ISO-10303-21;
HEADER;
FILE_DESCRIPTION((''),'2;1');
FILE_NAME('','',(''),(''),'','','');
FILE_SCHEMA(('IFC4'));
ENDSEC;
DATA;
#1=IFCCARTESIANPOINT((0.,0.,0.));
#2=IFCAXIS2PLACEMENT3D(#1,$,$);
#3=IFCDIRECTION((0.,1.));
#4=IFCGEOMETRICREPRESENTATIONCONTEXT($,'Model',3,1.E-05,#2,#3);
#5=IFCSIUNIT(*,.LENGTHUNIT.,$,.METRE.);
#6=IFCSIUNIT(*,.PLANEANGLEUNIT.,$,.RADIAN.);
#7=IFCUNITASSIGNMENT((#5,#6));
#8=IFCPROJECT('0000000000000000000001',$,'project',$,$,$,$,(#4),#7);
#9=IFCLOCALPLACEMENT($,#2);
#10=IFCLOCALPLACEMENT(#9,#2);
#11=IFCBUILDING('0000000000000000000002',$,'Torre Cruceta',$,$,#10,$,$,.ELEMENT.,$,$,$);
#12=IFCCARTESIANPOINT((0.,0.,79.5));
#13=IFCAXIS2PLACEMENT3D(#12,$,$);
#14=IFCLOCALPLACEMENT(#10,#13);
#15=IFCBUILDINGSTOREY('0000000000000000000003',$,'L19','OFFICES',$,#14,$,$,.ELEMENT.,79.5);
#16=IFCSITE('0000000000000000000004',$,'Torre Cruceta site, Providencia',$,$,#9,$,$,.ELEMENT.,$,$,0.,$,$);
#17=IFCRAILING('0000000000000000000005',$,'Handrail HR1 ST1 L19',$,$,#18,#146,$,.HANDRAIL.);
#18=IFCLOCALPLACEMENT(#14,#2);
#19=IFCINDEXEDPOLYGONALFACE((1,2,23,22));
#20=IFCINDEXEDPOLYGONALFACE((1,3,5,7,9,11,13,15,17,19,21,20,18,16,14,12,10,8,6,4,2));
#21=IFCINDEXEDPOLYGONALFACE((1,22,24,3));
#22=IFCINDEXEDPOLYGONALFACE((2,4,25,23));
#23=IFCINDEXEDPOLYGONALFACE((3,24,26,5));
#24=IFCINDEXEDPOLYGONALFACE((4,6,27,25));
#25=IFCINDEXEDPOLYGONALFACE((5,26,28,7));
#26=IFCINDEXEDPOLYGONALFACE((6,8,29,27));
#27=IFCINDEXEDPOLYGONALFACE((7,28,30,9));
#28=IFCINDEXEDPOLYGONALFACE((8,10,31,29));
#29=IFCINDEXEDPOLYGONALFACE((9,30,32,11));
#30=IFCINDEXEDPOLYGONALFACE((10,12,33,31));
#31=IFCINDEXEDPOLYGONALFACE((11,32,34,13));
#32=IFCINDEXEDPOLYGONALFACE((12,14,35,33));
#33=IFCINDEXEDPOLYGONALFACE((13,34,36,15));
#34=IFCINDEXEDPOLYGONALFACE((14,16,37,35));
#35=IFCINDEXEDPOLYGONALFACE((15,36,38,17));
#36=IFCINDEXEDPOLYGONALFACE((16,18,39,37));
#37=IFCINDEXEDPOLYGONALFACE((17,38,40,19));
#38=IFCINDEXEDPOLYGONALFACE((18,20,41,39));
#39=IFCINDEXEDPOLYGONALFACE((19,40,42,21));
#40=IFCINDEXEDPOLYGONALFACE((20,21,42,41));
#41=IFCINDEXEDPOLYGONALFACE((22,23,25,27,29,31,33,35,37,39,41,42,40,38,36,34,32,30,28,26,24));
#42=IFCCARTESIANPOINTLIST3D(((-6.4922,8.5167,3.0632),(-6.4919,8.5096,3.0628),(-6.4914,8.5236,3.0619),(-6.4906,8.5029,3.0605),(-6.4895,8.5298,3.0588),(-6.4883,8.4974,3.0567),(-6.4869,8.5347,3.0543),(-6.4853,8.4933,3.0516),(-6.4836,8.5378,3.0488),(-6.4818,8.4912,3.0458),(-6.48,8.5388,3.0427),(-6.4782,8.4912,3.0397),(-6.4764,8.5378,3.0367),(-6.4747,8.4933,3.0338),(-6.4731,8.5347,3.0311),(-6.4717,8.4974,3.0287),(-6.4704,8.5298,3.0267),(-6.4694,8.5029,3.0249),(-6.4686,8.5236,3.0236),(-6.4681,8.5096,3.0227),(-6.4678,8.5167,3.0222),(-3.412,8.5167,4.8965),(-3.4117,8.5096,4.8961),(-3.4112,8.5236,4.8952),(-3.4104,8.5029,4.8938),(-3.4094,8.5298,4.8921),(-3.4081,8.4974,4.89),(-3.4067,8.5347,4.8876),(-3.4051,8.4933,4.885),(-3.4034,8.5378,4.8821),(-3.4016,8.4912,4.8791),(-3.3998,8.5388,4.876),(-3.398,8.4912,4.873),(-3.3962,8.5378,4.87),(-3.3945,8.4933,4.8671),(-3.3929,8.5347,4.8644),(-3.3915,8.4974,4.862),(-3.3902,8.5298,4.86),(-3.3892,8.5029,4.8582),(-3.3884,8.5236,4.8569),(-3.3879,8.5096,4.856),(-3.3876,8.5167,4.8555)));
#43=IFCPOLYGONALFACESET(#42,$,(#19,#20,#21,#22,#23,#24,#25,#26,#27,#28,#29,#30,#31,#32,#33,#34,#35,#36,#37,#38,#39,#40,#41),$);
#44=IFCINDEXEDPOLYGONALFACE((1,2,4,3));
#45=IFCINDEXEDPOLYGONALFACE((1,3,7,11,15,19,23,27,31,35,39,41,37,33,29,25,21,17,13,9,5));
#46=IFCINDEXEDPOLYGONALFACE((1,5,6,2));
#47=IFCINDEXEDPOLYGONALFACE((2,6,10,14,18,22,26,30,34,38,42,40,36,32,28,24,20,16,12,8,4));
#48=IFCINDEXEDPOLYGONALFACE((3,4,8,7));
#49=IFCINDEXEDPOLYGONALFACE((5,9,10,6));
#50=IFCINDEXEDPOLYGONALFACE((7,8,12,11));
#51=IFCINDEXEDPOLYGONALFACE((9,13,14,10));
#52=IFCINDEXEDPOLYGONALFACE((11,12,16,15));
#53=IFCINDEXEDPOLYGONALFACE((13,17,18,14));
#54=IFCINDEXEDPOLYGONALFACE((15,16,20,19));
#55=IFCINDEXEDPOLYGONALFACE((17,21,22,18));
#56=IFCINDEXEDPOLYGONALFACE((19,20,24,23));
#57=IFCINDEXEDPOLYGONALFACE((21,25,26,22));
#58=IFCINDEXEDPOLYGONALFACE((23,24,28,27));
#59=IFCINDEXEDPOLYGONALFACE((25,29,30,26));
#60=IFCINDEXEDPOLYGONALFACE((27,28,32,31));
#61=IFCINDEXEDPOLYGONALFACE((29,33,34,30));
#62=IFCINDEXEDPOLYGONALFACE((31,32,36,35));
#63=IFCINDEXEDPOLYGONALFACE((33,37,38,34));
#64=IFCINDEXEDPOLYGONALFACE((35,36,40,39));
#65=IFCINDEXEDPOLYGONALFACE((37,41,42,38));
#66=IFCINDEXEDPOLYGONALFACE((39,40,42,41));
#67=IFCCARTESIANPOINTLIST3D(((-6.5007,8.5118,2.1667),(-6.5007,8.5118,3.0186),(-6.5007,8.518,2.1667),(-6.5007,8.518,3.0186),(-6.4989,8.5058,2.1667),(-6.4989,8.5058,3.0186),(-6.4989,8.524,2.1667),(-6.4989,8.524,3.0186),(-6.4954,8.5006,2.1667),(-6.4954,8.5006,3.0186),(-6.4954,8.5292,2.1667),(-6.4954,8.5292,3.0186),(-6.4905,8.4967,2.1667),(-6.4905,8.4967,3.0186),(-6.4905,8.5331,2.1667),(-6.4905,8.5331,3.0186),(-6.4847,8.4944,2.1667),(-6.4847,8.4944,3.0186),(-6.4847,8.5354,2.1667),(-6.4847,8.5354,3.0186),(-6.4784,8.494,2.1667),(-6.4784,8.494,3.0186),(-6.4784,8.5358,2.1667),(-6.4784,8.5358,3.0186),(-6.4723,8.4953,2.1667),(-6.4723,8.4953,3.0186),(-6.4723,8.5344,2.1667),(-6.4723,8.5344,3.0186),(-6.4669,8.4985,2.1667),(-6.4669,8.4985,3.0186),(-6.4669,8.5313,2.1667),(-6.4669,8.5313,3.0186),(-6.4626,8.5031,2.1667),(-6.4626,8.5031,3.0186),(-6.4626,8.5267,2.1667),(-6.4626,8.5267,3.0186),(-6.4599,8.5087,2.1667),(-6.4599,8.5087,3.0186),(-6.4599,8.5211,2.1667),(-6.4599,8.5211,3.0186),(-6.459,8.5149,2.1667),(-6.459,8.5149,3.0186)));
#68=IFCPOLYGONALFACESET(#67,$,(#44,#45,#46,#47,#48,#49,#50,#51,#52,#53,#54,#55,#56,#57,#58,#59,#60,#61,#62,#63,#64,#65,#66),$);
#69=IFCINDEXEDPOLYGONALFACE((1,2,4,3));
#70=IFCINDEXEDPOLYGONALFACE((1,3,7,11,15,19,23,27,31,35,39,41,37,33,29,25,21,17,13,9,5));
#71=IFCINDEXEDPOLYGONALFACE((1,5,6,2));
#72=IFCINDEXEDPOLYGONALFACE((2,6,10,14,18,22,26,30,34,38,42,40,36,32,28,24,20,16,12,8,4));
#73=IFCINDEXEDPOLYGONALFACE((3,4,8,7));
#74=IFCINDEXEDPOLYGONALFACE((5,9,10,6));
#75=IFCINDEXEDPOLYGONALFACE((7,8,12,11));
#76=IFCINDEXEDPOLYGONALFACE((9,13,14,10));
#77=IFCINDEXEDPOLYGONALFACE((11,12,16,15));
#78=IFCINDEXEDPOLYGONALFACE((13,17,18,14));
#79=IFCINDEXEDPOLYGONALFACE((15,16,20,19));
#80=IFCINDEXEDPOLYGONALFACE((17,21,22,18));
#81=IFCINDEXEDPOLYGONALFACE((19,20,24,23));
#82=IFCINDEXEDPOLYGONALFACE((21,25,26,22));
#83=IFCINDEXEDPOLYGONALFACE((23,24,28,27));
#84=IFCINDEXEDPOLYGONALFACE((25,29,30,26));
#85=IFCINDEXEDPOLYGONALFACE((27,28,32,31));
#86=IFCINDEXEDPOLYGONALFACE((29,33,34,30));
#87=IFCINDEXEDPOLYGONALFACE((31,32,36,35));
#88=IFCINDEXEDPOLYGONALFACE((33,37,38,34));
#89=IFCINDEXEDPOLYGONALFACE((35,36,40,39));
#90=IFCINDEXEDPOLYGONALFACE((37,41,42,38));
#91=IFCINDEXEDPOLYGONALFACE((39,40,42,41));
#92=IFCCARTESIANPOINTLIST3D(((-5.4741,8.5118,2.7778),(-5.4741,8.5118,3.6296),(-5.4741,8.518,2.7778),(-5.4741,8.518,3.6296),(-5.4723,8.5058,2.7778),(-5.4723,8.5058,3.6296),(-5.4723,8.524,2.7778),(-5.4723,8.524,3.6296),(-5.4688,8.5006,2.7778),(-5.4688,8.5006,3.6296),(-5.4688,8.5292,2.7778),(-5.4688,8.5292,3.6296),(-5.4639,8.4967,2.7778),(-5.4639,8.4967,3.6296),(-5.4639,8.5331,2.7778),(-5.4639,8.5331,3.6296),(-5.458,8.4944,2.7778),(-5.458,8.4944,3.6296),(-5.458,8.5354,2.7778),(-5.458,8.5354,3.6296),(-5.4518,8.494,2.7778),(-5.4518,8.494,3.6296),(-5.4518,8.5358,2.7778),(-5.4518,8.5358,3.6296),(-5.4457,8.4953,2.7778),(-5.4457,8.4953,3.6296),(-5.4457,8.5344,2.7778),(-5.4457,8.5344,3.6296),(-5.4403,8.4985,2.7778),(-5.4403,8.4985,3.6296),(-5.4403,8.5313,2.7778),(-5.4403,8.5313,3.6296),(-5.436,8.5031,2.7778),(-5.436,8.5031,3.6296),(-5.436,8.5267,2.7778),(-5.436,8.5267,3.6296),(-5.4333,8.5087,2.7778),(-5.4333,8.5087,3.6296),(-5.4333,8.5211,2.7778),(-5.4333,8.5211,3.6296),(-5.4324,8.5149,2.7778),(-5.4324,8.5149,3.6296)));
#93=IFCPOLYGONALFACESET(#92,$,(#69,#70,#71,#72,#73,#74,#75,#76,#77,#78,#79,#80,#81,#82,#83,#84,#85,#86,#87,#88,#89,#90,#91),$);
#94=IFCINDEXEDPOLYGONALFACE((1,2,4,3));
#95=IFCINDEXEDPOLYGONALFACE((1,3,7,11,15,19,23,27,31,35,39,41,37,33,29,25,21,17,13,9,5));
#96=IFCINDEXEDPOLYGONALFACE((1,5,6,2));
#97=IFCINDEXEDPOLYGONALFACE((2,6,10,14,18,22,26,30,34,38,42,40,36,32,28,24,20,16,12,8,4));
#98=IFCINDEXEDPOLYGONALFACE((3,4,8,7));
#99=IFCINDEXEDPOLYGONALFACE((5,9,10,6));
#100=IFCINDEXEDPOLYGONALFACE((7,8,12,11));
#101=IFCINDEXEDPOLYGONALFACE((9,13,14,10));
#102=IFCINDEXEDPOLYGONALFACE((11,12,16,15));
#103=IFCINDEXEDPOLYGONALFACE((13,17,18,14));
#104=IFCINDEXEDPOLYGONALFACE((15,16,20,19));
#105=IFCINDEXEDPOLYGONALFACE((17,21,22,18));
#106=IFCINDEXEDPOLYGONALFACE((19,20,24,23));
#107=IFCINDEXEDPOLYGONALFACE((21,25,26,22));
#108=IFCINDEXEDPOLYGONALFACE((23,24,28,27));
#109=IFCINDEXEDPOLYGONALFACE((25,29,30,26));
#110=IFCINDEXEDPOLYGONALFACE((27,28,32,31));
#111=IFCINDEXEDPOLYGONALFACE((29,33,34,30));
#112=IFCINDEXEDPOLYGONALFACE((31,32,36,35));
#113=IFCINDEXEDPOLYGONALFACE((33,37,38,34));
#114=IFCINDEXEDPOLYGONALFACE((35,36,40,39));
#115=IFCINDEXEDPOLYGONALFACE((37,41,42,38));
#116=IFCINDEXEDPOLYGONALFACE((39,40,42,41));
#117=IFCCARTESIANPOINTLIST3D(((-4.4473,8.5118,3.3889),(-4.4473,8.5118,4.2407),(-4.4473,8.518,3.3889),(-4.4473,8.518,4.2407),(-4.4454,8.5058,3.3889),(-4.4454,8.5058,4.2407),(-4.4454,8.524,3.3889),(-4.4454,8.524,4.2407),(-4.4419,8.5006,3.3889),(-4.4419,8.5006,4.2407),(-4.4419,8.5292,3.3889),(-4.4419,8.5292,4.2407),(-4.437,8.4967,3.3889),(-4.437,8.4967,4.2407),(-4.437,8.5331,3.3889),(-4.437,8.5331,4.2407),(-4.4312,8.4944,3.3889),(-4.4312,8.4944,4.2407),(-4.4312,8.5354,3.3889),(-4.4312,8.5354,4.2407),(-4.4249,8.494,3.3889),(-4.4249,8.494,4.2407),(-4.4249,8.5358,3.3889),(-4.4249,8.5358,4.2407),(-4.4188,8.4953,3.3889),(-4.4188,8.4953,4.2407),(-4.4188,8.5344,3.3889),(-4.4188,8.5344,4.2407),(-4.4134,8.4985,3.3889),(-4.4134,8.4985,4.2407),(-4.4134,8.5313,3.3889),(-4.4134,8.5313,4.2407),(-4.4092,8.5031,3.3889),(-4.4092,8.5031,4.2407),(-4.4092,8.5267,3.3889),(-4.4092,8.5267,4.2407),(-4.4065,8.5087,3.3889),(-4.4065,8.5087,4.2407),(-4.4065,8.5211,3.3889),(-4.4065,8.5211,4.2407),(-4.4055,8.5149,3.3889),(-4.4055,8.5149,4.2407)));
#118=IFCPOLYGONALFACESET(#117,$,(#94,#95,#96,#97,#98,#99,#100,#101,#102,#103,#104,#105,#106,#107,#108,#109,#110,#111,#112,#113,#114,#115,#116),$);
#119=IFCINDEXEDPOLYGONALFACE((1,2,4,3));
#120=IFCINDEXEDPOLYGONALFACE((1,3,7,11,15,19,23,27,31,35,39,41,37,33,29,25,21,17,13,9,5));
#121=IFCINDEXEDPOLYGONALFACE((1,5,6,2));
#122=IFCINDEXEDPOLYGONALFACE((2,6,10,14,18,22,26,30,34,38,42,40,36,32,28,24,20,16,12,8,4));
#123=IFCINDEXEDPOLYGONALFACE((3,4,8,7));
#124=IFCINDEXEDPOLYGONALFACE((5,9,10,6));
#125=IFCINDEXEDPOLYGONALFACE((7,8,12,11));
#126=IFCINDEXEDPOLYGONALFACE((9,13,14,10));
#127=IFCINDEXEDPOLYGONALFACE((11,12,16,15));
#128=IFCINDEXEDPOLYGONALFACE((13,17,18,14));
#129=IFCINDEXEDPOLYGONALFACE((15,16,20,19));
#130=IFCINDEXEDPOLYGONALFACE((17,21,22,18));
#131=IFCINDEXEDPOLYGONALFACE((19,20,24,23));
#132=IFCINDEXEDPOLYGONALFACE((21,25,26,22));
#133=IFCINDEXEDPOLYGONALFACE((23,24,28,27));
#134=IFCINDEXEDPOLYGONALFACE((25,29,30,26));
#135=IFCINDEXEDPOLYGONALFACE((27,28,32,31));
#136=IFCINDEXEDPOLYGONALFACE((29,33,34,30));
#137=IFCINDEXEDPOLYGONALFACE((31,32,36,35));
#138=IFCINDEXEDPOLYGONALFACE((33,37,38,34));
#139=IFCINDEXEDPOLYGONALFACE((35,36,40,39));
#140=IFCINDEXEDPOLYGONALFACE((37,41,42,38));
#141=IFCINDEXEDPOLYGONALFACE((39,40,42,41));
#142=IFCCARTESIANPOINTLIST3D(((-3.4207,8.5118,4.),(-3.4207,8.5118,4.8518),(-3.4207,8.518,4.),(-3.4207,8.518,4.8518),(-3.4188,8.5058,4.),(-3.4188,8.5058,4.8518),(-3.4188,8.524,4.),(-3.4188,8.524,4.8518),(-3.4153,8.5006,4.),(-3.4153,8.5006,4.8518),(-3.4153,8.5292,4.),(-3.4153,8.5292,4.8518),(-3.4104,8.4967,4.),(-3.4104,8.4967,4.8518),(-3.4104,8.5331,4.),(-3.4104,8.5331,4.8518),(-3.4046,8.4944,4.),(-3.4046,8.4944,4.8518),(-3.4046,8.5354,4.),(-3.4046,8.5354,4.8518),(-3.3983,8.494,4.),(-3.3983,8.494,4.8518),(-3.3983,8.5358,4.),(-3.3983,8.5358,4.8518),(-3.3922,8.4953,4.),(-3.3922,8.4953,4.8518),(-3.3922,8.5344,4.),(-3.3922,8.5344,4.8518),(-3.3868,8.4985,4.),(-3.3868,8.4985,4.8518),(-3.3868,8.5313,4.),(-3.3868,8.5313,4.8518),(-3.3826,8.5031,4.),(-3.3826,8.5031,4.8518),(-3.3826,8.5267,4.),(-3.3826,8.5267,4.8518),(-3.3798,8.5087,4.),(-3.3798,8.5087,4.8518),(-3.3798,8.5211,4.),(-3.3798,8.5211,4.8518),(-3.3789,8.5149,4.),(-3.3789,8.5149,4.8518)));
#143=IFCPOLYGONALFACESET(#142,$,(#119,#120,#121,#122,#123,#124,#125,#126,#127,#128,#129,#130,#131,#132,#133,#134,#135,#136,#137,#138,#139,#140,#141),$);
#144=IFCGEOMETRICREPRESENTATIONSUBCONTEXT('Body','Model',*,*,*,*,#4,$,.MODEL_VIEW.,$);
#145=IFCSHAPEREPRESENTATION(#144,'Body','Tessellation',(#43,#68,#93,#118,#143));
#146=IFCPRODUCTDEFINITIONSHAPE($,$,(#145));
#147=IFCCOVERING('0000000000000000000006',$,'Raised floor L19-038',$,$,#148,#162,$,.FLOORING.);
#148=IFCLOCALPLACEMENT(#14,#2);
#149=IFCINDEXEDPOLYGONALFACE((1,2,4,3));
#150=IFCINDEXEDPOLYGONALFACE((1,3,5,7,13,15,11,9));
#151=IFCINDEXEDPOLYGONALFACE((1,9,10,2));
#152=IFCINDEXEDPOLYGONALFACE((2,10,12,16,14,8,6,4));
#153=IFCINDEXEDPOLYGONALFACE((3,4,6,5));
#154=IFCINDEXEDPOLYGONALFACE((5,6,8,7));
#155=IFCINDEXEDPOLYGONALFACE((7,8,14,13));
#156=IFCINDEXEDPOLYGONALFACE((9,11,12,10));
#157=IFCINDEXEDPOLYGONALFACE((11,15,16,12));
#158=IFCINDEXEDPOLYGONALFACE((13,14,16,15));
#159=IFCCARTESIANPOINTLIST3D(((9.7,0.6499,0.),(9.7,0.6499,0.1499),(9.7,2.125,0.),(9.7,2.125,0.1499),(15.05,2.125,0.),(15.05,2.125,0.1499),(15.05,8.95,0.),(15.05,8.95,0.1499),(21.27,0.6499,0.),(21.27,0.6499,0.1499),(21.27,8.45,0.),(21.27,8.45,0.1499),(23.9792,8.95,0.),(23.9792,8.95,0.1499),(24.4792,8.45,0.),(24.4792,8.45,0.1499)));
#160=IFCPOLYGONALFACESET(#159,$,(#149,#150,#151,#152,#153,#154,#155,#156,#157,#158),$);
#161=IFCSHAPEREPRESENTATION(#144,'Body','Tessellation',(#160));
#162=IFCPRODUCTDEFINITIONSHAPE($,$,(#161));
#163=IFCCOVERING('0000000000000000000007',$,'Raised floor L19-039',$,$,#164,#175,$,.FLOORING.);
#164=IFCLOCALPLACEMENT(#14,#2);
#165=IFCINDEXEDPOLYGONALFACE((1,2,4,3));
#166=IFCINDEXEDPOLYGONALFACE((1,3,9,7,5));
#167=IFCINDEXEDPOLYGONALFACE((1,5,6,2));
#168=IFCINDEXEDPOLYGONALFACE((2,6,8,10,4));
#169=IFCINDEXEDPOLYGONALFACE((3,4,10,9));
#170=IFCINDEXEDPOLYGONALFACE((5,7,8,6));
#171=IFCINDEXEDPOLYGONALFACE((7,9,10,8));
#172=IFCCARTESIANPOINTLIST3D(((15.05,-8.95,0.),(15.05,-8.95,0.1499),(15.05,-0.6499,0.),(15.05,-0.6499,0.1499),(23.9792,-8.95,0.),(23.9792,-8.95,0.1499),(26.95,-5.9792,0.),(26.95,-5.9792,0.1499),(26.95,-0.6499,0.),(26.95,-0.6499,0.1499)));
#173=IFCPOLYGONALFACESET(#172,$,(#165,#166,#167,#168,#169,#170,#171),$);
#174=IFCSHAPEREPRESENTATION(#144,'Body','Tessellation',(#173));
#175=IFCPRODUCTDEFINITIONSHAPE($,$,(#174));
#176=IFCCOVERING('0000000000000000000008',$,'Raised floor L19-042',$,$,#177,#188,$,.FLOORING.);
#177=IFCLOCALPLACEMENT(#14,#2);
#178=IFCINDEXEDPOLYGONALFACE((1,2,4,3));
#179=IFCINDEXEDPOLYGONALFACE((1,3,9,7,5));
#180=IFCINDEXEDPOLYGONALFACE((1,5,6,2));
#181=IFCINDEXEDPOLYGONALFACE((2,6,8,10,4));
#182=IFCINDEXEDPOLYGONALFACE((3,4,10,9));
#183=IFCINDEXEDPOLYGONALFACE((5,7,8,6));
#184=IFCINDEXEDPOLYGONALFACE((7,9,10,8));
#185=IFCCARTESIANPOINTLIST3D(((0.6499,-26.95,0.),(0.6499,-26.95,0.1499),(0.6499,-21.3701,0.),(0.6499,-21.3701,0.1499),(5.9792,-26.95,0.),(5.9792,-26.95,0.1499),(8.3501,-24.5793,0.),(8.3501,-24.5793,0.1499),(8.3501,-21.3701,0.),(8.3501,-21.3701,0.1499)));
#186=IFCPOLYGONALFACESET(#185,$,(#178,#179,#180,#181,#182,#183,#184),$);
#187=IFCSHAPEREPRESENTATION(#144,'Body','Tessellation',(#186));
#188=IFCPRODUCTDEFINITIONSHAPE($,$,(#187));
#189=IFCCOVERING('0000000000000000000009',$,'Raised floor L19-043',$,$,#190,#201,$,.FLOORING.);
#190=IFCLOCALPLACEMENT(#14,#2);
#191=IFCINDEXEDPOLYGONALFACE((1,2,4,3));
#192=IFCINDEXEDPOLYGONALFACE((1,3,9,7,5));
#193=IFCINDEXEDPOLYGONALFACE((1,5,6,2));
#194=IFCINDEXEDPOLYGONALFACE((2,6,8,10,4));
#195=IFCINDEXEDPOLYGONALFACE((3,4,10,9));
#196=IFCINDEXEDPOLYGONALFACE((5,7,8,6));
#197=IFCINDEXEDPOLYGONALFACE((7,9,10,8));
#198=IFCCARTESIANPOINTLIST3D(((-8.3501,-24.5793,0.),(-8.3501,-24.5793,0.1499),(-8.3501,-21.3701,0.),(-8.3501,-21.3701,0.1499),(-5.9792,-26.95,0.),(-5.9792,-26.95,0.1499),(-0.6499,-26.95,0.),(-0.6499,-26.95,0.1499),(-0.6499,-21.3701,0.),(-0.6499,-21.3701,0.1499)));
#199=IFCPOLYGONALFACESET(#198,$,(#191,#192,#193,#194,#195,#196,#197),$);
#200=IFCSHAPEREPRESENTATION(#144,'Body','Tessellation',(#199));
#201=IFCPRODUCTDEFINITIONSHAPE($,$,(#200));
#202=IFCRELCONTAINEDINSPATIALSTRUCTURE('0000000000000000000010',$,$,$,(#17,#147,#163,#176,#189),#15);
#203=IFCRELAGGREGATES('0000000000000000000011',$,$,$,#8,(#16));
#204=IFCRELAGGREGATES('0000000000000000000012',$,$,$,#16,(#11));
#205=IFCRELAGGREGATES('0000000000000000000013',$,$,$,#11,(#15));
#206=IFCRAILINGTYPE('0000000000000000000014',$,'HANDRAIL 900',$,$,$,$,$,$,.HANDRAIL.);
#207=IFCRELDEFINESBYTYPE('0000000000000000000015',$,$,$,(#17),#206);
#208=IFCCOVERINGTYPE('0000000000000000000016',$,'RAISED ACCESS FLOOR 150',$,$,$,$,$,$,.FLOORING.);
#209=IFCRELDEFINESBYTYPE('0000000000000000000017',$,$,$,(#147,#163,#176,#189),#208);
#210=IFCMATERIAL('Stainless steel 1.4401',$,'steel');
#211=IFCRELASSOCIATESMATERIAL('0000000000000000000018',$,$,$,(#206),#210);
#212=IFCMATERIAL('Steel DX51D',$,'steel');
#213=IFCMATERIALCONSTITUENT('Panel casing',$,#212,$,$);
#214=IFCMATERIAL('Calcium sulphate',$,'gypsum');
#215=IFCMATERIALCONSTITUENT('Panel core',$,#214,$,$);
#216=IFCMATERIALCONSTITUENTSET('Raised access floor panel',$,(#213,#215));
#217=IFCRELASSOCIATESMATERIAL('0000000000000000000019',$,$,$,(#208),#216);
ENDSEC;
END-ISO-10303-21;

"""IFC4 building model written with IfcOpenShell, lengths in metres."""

from ifc_helpers import new_model, si_unit, direction, frame, origin, origin_2d, place, context, subcontext, project, spatial, polyline, circle, outline, extrude, material, constituent, constituent_set, type_object, element, save


model = new_model("IFC4")

# Units and contexts
model_context = context("Model", 3, precision=1e-05, world=origin(), true_north=direction((0.0, 1.0)))
body_context = subcontext(model_context, "Body", "Model", "MODEL_VIEW")
ifc_project = project(units=[si_unit("LENGTHUNIT", "METRE"), si_unit("PLANEANGLEUNIT", "RADIAN")], contexts=[model_context])

# Site, building, storey
site_placement = place(None, origin())
site = spatial("IfcSite", under=ifc_project, at=site_placement, Name="Torre Cruceta site, Providencia", CompositionType="ELEMENT", RefElevation=0.0)
building_placement = place(site_placement, origin())
building = spatial("IfcBuilding", under=site, at=building_placement, Name="Torre Cruceta", CompositionType="ELEMENT")
storey_placement = place(building_placement, frame((0.0, 0.0, 79.5)))
storey = spatial("IfcBuildingStorey", under=building, at=storey_placement, Name="L19", Description="OFFICES", CompositionType="ELEMENT", Elevation=79.5)

# Railing
ifc_material_1 = material(Name="Stainless steel 1.4401", Category="steel")
railing_type = type_object("IfcRailingType", Name="HANDRAIL 900", PredefinedType="HANDRAIL", material=ifc_material_1)
railing_1_placement = place(storey_placement, frame((-6.48, 8.5149, 2.1667)))
element("IfcRailing", 1, at=railing_1_placement, inside=storey, type_object=railing_type, Name="Handrail HR1 ST1 L19", PredefinedType="HANDRAIL", context=body_context, shape_type="SweptSolid", body=[
    extrude(circle(Radius=0.0239, at=origin_2d()), frame((0.0, 0.0, 0.876), z_axis=(0.859309, 0.0, 0.511458), x_axis=(0.0, 1.0, 0.0)), (0.0, 0.0, 1.0), 3.5845),
    extrude(circle(Radius=0.021, at=origin_2d()), origin(), (0.0, 0.0, 1.0), 0.8518),
    extrude(circle(Radius=0.021, at=origin_2d()), frame((1.0266, 0.0, 0.6111)), (0.0, 0.0, 1.0), 0.8518),
    extrude(circle(Radius=0.021, at=origin_2d()), frame((2.0535, 0.0, 1.2222)), (0.0, 0.0, 1.0), 0.8518),
    extrude(circle(Radius=0.021, at=origin_2d()), frame((3.0801, 0.0, 1.8333)), (0.0, 0.0, 1.0), 0.8518),
])

# Coverings
ifc_material_2 = material(Name="Steel DX51D", Category="steel")
ifc_constituent_1 = constituent(ifc_material_2, Name="Panel casing")
ifc_material_3 = material(Name="Calcium sulphate", Category="gypsum")
ifc_constituent_2 = constituent(ifc_material_3, Name="Panel core")
ifc_constituent_set_1 = constituent_set(constituents=[ifc_constituent_1, ifc_constituent_2], Name="Raised access floor panel")
covering_type_1 = type_object("IfcCoveringType", Name="RAISED ACCESS FLOOR 150", PredefinedType="FLOORING", material=ifc_constituent_set_1)
covering_1_placement = place(storey_placement, origin())
element("IfcCovering", 2, at=covering_1_placement, inside=storey, type_object=covering_type_1, Name="Raised floor L19-038", PredefinedType="FLOORING", context=body_context, shape_type="SweptSolid", body=[
    extrude(outline(polyline([(9.7, 2.125), (15.05, 2.125), (15.05, 8.95), (23.9792, 8.95), (24.4792, 8.45), (21.27, 8.45), (21.27, 0.6499), (9.7, 0.6499), (9.7, 2.125)])), origin(), (0.0, 0.0, 1.0), 0.1499),
])
covering_2_placement = place(storey_placement, origin())
element("IfcCovering", 3, at=covering_2_placement, inside=storey, type_object=covering_type_1, Name="Raised floor L19-039", PredefinedType="FLOORING", context=body_context, shape_type="SweptSolid", body=[
    extrude(outline(polyline([(23.9792, -8.95), (15.05, -8.95), (15.05, -0.6499), (26.95, -0.6499), (26.95, -5.9792), (23.9792, -8.95)])), origin(), (0.0, 0.0, 1.0), 0.1499),
])
covering_3_placement = place(storey_placement, origin())
element("IfcCovering", 4, at=covering_3_placement, inside=storey, type_object=covering_type_1, Name="Raised floor L19-042", PredefinedType="FLOORING", context=body_context, shape_type="SweptSolid", body=[
    extrude(outline(polyline([(0.6499, -26.95), (0.6499, -21.3701), (8.3501, -21.3701), (8.3501, -24.5793), (5.9792, -26.95), (0.6499, -26.95)])), origin(), (0.0, 0.0, 1.0), 0.1499),
])
covering_4_placement = place(storey_placement, origin())
element("IfcCovering", 5, at=covering_4_placement, inside=storey, type_object=covering_type_1, Name="Raised floor L19-043", PredefinedType="FLOORING", context=body_context, shape_type="SweptSolid", body=[
    extrude(outline(polyline([(-8.3501, -24.5793), (-8.3501, -21.3701), (-0.6499, -21.3701), (-0.6499, -26.95), (-5.9792, -26.95), (-8.3501, -24.5793)])), origin(), (0.0, 0.0, 1.0), 0.1499),
])

save(model, "model.ifc")
